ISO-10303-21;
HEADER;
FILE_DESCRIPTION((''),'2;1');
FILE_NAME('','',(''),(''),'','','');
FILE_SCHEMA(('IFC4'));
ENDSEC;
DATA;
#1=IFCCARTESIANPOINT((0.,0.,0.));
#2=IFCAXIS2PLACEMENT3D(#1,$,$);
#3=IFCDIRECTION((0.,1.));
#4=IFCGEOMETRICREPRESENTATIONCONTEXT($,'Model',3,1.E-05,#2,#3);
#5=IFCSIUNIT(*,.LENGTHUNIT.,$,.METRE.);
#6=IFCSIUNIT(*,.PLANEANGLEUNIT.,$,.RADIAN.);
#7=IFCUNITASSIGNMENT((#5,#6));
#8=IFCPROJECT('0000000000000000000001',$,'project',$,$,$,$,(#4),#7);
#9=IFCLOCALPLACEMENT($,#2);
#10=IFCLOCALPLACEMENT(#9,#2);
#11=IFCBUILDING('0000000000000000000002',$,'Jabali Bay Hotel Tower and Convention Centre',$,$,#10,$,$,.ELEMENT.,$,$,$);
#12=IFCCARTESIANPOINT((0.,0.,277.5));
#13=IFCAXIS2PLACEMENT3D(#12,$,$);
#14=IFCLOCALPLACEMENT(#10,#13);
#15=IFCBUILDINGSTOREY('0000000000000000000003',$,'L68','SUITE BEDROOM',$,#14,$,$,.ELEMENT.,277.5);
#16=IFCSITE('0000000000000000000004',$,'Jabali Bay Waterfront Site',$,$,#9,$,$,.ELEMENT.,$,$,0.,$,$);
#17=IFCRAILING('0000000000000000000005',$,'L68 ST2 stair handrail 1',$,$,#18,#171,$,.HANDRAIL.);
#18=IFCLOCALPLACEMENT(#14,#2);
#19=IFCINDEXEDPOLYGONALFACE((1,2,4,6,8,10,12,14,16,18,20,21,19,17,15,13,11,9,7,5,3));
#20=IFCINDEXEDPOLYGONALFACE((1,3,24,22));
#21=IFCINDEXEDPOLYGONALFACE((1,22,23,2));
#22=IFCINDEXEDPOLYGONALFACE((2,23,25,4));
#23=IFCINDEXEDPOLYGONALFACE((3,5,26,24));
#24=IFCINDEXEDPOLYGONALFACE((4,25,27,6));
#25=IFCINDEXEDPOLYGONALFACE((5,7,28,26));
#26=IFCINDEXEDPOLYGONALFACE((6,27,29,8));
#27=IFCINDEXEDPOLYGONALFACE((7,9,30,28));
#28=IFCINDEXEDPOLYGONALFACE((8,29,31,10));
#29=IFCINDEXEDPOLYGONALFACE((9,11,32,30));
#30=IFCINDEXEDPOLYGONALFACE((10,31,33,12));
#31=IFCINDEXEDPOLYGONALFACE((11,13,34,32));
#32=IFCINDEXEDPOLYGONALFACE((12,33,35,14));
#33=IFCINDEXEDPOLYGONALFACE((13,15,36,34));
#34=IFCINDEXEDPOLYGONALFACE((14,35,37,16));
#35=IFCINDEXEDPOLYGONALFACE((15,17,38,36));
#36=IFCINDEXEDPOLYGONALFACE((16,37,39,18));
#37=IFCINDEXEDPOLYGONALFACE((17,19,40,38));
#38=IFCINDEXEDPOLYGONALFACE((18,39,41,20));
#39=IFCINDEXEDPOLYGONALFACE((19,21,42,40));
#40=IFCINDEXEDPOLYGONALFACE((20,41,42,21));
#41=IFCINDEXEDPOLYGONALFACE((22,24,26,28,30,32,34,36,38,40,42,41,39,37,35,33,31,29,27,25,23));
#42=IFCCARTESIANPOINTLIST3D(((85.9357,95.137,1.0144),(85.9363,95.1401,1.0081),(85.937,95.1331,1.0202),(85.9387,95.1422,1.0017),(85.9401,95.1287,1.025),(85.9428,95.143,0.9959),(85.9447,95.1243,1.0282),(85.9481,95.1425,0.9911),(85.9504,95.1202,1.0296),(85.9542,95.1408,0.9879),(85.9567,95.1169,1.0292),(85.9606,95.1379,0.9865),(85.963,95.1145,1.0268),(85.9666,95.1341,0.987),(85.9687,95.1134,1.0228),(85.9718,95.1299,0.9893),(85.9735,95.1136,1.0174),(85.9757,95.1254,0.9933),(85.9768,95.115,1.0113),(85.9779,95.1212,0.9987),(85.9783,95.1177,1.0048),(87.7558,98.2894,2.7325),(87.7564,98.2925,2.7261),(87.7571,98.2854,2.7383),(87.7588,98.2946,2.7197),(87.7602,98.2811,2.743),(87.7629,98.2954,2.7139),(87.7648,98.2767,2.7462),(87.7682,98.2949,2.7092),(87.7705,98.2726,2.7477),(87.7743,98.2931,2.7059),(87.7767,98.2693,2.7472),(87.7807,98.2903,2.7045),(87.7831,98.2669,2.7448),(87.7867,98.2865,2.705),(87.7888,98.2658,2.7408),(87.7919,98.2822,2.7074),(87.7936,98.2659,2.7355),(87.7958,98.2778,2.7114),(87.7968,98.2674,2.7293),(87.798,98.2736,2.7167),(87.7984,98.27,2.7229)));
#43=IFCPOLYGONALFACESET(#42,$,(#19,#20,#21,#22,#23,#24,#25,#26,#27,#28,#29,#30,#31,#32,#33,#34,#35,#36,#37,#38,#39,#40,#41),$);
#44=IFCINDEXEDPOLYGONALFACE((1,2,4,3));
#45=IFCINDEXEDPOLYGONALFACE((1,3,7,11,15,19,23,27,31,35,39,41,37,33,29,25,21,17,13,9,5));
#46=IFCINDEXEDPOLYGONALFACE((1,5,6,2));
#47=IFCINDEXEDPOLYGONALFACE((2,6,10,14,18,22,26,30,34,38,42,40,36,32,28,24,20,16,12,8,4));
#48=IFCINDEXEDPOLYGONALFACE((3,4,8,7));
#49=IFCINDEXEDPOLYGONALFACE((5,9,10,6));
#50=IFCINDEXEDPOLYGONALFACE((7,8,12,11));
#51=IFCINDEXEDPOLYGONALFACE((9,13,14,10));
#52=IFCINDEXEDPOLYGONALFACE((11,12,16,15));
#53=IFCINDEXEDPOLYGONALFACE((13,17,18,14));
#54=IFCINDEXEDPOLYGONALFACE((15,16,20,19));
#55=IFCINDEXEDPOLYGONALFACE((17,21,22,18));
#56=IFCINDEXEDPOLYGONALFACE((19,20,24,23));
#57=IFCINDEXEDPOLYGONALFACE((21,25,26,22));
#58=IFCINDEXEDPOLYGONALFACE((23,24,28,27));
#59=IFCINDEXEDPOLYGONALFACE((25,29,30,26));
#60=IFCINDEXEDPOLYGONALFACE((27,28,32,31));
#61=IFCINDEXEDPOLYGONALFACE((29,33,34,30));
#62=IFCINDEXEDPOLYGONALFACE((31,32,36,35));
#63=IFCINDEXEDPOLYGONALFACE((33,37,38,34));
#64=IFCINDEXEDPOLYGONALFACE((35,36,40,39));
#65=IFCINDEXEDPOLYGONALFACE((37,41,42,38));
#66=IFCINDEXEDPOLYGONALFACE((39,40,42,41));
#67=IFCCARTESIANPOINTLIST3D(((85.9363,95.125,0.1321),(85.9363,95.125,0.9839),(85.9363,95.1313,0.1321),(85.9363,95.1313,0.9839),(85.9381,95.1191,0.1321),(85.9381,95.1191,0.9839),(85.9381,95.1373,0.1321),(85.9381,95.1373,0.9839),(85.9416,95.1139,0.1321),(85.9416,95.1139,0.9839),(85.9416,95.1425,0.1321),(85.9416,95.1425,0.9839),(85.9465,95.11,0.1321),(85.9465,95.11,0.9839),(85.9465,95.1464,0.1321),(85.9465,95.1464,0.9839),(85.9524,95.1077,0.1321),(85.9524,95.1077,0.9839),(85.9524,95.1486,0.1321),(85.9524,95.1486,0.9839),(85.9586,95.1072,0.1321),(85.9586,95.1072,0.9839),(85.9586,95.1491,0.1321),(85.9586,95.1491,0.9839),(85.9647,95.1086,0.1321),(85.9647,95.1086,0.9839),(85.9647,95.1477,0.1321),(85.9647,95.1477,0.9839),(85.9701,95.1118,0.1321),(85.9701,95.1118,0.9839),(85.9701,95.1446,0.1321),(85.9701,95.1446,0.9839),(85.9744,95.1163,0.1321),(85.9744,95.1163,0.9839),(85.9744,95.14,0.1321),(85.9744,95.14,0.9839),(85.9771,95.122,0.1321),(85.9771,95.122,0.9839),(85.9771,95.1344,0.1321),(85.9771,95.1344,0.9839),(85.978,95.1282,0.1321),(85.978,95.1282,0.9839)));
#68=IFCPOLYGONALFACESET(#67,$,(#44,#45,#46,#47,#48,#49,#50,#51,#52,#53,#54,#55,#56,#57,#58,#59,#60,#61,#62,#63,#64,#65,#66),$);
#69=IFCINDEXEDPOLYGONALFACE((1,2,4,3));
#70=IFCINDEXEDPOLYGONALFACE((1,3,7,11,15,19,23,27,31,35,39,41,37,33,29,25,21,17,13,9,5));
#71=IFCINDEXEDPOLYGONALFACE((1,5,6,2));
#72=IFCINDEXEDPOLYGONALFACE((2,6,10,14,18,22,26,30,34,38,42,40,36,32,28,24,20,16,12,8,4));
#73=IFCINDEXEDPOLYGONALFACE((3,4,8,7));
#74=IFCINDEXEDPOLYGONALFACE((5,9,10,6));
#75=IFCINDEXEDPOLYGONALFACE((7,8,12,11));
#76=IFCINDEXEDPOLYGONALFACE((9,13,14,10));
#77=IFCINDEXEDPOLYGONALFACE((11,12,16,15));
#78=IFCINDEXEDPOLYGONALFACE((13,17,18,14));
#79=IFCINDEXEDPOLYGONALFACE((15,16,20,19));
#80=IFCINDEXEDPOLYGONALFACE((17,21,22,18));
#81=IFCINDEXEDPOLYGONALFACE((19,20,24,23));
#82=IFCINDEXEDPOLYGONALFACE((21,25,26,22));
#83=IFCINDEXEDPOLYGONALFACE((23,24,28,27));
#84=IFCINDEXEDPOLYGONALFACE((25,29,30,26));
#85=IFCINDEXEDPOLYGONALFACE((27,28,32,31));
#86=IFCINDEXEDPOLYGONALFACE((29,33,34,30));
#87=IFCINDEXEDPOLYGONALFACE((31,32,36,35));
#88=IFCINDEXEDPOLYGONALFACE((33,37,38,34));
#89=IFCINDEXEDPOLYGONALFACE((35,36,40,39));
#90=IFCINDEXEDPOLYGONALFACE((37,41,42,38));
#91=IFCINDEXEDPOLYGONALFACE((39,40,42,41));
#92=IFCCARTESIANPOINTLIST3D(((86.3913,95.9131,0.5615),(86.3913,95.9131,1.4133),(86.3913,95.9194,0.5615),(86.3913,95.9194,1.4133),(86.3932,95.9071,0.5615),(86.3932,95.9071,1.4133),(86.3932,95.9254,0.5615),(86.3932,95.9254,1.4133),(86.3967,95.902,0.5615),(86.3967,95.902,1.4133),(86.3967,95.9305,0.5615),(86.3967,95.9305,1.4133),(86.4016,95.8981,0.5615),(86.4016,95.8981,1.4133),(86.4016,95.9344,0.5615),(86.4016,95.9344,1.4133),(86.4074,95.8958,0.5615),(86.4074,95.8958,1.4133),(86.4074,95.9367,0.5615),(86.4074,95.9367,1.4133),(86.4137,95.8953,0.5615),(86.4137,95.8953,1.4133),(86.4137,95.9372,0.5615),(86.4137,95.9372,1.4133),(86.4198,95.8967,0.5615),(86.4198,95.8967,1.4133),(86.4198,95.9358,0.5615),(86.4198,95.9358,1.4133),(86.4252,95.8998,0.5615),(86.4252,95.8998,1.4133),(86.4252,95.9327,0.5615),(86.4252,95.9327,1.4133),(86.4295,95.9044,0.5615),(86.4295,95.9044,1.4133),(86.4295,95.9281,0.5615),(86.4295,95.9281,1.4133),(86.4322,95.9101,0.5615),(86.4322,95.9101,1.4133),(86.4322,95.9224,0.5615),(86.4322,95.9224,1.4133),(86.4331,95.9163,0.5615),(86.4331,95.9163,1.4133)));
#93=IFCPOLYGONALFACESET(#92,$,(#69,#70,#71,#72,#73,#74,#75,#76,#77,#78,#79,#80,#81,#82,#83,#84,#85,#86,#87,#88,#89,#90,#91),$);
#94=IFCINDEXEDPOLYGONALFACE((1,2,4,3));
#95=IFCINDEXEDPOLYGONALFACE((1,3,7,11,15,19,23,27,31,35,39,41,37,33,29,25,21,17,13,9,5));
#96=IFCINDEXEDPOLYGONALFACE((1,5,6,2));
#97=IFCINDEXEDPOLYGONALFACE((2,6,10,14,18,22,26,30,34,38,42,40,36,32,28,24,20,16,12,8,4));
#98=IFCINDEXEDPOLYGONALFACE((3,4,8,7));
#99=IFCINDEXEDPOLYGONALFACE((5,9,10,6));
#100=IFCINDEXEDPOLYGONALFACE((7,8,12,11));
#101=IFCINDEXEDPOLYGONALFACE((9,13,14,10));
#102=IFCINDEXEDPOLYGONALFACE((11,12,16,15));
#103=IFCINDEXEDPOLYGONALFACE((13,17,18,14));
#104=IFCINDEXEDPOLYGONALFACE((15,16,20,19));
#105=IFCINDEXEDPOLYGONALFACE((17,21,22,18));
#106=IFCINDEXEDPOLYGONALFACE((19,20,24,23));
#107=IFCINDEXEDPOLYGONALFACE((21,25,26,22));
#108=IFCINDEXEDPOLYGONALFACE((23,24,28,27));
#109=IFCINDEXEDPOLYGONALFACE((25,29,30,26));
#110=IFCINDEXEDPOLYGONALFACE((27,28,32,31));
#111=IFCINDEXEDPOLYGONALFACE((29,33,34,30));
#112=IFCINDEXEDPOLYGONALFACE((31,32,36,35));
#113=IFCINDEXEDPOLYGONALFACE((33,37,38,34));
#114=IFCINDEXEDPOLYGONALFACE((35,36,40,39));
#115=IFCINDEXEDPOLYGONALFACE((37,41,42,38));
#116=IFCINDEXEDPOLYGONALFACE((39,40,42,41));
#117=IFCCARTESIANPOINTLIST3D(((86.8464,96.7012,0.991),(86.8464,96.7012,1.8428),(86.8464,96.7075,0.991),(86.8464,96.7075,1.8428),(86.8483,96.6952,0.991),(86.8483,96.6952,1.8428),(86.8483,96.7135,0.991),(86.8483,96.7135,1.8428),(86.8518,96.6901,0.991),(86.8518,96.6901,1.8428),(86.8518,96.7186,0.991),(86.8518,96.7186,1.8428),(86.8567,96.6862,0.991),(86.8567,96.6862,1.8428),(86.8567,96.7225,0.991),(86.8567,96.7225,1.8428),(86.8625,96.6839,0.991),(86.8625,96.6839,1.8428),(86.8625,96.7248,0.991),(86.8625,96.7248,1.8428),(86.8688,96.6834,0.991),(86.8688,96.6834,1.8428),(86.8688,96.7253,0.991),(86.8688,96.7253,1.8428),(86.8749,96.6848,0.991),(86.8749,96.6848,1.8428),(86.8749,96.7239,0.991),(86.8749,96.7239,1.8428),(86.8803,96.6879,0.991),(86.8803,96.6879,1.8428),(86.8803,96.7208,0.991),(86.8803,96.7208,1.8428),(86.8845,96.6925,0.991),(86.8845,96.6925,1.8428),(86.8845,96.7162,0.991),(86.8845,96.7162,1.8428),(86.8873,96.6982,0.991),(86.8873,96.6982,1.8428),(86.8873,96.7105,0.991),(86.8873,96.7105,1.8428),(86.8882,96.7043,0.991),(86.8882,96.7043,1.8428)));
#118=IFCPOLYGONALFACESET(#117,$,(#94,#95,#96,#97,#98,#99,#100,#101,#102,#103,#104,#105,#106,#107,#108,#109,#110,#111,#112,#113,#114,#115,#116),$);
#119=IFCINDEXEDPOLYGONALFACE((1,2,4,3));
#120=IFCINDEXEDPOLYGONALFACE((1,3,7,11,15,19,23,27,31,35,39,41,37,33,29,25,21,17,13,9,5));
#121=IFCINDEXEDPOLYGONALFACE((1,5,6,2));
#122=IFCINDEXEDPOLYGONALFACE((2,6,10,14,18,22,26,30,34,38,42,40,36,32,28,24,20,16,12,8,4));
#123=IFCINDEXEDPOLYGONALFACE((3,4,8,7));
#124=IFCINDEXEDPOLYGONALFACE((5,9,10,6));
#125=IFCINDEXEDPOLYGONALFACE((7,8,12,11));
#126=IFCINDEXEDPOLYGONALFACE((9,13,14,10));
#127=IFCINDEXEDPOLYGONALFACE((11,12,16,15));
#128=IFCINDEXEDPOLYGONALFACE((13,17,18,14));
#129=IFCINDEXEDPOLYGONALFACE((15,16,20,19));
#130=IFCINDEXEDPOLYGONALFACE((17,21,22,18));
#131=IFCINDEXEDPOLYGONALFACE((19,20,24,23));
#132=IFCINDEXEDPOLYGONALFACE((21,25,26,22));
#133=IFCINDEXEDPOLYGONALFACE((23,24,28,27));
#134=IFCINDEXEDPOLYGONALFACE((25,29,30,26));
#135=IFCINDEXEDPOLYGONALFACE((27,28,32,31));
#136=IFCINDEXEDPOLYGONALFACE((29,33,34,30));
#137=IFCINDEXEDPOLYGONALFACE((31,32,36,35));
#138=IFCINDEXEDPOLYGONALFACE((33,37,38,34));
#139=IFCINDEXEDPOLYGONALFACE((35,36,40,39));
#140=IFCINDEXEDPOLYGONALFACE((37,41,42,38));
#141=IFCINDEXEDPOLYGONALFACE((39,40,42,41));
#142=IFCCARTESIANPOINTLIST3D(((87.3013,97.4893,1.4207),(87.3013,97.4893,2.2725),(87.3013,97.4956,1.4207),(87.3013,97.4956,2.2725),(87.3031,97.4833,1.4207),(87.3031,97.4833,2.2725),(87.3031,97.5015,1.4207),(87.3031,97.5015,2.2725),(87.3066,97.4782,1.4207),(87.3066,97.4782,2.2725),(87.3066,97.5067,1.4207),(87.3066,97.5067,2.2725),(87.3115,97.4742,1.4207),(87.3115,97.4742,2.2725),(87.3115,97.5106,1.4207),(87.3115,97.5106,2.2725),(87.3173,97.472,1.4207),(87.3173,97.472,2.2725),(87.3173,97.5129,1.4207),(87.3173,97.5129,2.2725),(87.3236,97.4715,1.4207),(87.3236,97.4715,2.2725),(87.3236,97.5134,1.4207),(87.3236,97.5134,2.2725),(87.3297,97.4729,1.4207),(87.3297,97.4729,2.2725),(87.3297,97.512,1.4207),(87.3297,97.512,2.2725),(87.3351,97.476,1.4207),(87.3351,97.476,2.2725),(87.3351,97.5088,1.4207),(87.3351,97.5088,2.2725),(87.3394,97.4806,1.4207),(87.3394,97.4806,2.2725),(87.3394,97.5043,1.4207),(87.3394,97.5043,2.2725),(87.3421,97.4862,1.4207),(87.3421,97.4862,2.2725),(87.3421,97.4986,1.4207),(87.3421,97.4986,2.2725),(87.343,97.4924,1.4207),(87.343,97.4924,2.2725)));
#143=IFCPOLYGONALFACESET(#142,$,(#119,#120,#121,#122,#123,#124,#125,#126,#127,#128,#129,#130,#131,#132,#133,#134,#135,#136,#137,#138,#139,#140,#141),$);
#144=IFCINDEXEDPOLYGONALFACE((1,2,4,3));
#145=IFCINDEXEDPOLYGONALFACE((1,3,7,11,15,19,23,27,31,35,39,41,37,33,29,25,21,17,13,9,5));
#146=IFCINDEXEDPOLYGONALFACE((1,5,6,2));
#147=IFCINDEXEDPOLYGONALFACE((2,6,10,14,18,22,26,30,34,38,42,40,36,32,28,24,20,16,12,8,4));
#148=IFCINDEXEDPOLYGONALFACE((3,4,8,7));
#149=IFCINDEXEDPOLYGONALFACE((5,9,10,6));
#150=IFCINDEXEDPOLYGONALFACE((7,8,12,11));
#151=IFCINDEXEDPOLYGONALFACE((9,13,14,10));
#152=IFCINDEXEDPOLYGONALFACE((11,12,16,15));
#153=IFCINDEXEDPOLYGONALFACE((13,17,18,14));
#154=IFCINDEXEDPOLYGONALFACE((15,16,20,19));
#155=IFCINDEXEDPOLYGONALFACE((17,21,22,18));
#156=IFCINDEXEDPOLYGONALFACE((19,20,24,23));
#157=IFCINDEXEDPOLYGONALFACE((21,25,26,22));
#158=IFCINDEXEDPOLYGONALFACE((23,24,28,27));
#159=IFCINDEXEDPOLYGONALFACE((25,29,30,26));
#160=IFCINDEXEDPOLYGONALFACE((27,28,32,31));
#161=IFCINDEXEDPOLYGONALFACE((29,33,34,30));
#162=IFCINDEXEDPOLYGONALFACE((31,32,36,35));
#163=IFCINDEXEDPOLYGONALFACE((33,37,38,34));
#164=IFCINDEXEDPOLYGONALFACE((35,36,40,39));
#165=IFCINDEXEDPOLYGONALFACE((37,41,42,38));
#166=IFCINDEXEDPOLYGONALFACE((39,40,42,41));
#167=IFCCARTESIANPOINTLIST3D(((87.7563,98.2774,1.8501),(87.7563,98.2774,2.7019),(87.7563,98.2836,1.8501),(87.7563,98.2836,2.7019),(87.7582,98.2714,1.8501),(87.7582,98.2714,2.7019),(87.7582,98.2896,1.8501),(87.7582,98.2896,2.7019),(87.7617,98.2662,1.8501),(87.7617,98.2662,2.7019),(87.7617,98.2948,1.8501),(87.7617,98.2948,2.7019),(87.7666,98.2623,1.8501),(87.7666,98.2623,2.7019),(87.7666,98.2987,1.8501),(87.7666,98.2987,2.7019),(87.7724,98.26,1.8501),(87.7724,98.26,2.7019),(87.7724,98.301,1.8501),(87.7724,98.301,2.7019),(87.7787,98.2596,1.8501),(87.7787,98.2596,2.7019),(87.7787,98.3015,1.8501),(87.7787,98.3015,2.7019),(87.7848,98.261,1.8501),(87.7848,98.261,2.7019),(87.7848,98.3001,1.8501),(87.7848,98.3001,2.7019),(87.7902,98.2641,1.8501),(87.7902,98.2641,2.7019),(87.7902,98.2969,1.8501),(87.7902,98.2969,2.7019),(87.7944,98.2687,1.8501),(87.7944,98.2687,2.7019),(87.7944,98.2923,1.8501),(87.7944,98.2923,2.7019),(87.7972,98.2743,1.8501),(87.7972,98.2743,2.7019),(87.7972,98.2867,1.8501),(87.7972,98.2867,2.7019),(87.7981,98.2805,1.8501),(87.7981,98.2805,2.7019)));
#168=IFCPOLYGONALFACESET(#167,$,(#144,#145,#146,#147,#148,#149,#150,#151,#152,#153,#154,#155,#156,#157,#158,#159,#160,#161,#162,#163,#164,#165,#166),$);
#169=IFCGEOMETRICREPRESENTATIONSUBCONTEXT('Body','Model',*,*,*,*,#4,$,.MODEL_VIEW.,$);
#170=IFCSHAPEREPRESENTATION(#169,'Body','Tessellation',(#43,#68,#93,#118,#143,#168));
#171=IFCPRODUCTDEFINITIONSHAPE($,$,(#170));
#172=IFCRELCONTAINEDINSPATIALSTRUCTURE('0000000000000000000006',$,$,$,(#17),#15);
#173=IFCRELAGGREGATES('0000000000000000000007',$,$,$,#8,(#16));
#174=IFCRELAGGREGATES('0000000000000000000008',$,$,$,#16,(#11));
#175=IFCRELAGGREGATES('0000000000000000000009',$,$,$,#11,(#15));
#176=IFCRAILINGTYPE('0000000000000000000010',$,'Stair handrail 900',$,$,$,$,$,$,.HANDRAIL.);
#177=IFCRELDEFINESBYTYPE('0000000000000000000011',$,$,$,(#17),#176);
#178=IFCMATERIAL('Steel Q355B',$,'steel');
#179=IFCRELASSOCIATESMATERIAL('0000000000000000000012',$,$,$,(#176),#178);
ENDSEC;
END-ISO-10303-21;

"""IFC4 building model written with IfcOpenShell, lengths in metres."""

from ifc_helpers import new_model, si_unit, direction, frame, origin, origin_2d, place, context, subcontext, project, spatial, circle, extrude, material, type_object, element, save


model = new_model("IFC4")

# Units and contexts
model_context = context("Model", 3, precision=1e-05, world=origin(), true_north=direction((0.0, 1.0)))
body_context = subcontext(model_context, "Body", "Model", "MODEL_VIEW")
ifc_project = project(units=[si_unit("LENGTHUNIT", "METRE"), si_unit("PLANEANGLEUNIT", "RADIAN")], contexts=[model_context])

# Site, building, storey
site_placement = place(None, origin())
site = spatial("IfcSite", under=ifc_project, at=site_placement, Name="Jabali Bay Waterfront Site", CompositionType="ELEMENT", RefElevation=0.0)
building_placement = place(site_placement, origin())
building = spatial("IfcBuilding", under=site, at=building_placement, Name="Jabali Bay Hotel Tower and Convention Centre", CompositionType="ELEMENT")
storey_placement = place(building_placement, frame((0.0, 0.0, 277.5)))
storey = spatial("IfcBuildingStorey", under=building, at=storey_placement, Name="L68", Description="SUITE BEDROOM", CompositionType="ELEMENT", Elevation=277.5)

# Railing
ifc_material_1 = material(Name="Steel Q355B", Category="steel")
railing_type_1 = type_object("IfcRailingType", Name="Stair handrail 900", PredefinedType="HANDRAIL", material=ifc_material_1)
railing_1_placement = place(storey_placement, frame((85.957, 95.1282, 0.1321)))
element("IfcRailing", 1, at=railing_1_placement, inside=storey, type_object=railing_type_1, Name="L68 ST2 stair handrail 1", PredefinedType="HANDRAIL", context=body_context, shape_type="SweptSolid", body=[
    extrude(circle(Radius=0.0239, at=origin_2d()), frame((0.0, 0.0, 0.876), z_axis=(0.452179, 0.78317, 0.426825), x_axis=(-0.866018, 0.500013, 0.0)), (0.0, 0.0, 1.0), 4.0251),
    extrude(circle(Radius=0.021, at=origin_2d()), origin(), (0.0, 0.0, 1.0), 0.8518),
    extrude(circle(Radius=0.021, at=origin_2d()), frame((0.4551, 0.7881, 0.4294)), (0.0, 0.0, 1.0), 0.8518),
    extrude(circle(Radius=0.021, at=origin_2d()), frame((0.9102, 1.5762, 0.8589)), (0.0, 0.0, 1.0), 0.8518),
    extrude(circle(Radius=0.021, at=origin_2d()), frame((1.365, 2.3643, 1.2886)), (0.0, 0.0, 1.0), 0.8518),
    extrude(circle(Radius=0.021, at=origin_2d()), frame((1.8201, 3.1523, 1.718)), (0.0, 0.0, 1.0), 0.8518),
])

save(model, "model.ifc")
